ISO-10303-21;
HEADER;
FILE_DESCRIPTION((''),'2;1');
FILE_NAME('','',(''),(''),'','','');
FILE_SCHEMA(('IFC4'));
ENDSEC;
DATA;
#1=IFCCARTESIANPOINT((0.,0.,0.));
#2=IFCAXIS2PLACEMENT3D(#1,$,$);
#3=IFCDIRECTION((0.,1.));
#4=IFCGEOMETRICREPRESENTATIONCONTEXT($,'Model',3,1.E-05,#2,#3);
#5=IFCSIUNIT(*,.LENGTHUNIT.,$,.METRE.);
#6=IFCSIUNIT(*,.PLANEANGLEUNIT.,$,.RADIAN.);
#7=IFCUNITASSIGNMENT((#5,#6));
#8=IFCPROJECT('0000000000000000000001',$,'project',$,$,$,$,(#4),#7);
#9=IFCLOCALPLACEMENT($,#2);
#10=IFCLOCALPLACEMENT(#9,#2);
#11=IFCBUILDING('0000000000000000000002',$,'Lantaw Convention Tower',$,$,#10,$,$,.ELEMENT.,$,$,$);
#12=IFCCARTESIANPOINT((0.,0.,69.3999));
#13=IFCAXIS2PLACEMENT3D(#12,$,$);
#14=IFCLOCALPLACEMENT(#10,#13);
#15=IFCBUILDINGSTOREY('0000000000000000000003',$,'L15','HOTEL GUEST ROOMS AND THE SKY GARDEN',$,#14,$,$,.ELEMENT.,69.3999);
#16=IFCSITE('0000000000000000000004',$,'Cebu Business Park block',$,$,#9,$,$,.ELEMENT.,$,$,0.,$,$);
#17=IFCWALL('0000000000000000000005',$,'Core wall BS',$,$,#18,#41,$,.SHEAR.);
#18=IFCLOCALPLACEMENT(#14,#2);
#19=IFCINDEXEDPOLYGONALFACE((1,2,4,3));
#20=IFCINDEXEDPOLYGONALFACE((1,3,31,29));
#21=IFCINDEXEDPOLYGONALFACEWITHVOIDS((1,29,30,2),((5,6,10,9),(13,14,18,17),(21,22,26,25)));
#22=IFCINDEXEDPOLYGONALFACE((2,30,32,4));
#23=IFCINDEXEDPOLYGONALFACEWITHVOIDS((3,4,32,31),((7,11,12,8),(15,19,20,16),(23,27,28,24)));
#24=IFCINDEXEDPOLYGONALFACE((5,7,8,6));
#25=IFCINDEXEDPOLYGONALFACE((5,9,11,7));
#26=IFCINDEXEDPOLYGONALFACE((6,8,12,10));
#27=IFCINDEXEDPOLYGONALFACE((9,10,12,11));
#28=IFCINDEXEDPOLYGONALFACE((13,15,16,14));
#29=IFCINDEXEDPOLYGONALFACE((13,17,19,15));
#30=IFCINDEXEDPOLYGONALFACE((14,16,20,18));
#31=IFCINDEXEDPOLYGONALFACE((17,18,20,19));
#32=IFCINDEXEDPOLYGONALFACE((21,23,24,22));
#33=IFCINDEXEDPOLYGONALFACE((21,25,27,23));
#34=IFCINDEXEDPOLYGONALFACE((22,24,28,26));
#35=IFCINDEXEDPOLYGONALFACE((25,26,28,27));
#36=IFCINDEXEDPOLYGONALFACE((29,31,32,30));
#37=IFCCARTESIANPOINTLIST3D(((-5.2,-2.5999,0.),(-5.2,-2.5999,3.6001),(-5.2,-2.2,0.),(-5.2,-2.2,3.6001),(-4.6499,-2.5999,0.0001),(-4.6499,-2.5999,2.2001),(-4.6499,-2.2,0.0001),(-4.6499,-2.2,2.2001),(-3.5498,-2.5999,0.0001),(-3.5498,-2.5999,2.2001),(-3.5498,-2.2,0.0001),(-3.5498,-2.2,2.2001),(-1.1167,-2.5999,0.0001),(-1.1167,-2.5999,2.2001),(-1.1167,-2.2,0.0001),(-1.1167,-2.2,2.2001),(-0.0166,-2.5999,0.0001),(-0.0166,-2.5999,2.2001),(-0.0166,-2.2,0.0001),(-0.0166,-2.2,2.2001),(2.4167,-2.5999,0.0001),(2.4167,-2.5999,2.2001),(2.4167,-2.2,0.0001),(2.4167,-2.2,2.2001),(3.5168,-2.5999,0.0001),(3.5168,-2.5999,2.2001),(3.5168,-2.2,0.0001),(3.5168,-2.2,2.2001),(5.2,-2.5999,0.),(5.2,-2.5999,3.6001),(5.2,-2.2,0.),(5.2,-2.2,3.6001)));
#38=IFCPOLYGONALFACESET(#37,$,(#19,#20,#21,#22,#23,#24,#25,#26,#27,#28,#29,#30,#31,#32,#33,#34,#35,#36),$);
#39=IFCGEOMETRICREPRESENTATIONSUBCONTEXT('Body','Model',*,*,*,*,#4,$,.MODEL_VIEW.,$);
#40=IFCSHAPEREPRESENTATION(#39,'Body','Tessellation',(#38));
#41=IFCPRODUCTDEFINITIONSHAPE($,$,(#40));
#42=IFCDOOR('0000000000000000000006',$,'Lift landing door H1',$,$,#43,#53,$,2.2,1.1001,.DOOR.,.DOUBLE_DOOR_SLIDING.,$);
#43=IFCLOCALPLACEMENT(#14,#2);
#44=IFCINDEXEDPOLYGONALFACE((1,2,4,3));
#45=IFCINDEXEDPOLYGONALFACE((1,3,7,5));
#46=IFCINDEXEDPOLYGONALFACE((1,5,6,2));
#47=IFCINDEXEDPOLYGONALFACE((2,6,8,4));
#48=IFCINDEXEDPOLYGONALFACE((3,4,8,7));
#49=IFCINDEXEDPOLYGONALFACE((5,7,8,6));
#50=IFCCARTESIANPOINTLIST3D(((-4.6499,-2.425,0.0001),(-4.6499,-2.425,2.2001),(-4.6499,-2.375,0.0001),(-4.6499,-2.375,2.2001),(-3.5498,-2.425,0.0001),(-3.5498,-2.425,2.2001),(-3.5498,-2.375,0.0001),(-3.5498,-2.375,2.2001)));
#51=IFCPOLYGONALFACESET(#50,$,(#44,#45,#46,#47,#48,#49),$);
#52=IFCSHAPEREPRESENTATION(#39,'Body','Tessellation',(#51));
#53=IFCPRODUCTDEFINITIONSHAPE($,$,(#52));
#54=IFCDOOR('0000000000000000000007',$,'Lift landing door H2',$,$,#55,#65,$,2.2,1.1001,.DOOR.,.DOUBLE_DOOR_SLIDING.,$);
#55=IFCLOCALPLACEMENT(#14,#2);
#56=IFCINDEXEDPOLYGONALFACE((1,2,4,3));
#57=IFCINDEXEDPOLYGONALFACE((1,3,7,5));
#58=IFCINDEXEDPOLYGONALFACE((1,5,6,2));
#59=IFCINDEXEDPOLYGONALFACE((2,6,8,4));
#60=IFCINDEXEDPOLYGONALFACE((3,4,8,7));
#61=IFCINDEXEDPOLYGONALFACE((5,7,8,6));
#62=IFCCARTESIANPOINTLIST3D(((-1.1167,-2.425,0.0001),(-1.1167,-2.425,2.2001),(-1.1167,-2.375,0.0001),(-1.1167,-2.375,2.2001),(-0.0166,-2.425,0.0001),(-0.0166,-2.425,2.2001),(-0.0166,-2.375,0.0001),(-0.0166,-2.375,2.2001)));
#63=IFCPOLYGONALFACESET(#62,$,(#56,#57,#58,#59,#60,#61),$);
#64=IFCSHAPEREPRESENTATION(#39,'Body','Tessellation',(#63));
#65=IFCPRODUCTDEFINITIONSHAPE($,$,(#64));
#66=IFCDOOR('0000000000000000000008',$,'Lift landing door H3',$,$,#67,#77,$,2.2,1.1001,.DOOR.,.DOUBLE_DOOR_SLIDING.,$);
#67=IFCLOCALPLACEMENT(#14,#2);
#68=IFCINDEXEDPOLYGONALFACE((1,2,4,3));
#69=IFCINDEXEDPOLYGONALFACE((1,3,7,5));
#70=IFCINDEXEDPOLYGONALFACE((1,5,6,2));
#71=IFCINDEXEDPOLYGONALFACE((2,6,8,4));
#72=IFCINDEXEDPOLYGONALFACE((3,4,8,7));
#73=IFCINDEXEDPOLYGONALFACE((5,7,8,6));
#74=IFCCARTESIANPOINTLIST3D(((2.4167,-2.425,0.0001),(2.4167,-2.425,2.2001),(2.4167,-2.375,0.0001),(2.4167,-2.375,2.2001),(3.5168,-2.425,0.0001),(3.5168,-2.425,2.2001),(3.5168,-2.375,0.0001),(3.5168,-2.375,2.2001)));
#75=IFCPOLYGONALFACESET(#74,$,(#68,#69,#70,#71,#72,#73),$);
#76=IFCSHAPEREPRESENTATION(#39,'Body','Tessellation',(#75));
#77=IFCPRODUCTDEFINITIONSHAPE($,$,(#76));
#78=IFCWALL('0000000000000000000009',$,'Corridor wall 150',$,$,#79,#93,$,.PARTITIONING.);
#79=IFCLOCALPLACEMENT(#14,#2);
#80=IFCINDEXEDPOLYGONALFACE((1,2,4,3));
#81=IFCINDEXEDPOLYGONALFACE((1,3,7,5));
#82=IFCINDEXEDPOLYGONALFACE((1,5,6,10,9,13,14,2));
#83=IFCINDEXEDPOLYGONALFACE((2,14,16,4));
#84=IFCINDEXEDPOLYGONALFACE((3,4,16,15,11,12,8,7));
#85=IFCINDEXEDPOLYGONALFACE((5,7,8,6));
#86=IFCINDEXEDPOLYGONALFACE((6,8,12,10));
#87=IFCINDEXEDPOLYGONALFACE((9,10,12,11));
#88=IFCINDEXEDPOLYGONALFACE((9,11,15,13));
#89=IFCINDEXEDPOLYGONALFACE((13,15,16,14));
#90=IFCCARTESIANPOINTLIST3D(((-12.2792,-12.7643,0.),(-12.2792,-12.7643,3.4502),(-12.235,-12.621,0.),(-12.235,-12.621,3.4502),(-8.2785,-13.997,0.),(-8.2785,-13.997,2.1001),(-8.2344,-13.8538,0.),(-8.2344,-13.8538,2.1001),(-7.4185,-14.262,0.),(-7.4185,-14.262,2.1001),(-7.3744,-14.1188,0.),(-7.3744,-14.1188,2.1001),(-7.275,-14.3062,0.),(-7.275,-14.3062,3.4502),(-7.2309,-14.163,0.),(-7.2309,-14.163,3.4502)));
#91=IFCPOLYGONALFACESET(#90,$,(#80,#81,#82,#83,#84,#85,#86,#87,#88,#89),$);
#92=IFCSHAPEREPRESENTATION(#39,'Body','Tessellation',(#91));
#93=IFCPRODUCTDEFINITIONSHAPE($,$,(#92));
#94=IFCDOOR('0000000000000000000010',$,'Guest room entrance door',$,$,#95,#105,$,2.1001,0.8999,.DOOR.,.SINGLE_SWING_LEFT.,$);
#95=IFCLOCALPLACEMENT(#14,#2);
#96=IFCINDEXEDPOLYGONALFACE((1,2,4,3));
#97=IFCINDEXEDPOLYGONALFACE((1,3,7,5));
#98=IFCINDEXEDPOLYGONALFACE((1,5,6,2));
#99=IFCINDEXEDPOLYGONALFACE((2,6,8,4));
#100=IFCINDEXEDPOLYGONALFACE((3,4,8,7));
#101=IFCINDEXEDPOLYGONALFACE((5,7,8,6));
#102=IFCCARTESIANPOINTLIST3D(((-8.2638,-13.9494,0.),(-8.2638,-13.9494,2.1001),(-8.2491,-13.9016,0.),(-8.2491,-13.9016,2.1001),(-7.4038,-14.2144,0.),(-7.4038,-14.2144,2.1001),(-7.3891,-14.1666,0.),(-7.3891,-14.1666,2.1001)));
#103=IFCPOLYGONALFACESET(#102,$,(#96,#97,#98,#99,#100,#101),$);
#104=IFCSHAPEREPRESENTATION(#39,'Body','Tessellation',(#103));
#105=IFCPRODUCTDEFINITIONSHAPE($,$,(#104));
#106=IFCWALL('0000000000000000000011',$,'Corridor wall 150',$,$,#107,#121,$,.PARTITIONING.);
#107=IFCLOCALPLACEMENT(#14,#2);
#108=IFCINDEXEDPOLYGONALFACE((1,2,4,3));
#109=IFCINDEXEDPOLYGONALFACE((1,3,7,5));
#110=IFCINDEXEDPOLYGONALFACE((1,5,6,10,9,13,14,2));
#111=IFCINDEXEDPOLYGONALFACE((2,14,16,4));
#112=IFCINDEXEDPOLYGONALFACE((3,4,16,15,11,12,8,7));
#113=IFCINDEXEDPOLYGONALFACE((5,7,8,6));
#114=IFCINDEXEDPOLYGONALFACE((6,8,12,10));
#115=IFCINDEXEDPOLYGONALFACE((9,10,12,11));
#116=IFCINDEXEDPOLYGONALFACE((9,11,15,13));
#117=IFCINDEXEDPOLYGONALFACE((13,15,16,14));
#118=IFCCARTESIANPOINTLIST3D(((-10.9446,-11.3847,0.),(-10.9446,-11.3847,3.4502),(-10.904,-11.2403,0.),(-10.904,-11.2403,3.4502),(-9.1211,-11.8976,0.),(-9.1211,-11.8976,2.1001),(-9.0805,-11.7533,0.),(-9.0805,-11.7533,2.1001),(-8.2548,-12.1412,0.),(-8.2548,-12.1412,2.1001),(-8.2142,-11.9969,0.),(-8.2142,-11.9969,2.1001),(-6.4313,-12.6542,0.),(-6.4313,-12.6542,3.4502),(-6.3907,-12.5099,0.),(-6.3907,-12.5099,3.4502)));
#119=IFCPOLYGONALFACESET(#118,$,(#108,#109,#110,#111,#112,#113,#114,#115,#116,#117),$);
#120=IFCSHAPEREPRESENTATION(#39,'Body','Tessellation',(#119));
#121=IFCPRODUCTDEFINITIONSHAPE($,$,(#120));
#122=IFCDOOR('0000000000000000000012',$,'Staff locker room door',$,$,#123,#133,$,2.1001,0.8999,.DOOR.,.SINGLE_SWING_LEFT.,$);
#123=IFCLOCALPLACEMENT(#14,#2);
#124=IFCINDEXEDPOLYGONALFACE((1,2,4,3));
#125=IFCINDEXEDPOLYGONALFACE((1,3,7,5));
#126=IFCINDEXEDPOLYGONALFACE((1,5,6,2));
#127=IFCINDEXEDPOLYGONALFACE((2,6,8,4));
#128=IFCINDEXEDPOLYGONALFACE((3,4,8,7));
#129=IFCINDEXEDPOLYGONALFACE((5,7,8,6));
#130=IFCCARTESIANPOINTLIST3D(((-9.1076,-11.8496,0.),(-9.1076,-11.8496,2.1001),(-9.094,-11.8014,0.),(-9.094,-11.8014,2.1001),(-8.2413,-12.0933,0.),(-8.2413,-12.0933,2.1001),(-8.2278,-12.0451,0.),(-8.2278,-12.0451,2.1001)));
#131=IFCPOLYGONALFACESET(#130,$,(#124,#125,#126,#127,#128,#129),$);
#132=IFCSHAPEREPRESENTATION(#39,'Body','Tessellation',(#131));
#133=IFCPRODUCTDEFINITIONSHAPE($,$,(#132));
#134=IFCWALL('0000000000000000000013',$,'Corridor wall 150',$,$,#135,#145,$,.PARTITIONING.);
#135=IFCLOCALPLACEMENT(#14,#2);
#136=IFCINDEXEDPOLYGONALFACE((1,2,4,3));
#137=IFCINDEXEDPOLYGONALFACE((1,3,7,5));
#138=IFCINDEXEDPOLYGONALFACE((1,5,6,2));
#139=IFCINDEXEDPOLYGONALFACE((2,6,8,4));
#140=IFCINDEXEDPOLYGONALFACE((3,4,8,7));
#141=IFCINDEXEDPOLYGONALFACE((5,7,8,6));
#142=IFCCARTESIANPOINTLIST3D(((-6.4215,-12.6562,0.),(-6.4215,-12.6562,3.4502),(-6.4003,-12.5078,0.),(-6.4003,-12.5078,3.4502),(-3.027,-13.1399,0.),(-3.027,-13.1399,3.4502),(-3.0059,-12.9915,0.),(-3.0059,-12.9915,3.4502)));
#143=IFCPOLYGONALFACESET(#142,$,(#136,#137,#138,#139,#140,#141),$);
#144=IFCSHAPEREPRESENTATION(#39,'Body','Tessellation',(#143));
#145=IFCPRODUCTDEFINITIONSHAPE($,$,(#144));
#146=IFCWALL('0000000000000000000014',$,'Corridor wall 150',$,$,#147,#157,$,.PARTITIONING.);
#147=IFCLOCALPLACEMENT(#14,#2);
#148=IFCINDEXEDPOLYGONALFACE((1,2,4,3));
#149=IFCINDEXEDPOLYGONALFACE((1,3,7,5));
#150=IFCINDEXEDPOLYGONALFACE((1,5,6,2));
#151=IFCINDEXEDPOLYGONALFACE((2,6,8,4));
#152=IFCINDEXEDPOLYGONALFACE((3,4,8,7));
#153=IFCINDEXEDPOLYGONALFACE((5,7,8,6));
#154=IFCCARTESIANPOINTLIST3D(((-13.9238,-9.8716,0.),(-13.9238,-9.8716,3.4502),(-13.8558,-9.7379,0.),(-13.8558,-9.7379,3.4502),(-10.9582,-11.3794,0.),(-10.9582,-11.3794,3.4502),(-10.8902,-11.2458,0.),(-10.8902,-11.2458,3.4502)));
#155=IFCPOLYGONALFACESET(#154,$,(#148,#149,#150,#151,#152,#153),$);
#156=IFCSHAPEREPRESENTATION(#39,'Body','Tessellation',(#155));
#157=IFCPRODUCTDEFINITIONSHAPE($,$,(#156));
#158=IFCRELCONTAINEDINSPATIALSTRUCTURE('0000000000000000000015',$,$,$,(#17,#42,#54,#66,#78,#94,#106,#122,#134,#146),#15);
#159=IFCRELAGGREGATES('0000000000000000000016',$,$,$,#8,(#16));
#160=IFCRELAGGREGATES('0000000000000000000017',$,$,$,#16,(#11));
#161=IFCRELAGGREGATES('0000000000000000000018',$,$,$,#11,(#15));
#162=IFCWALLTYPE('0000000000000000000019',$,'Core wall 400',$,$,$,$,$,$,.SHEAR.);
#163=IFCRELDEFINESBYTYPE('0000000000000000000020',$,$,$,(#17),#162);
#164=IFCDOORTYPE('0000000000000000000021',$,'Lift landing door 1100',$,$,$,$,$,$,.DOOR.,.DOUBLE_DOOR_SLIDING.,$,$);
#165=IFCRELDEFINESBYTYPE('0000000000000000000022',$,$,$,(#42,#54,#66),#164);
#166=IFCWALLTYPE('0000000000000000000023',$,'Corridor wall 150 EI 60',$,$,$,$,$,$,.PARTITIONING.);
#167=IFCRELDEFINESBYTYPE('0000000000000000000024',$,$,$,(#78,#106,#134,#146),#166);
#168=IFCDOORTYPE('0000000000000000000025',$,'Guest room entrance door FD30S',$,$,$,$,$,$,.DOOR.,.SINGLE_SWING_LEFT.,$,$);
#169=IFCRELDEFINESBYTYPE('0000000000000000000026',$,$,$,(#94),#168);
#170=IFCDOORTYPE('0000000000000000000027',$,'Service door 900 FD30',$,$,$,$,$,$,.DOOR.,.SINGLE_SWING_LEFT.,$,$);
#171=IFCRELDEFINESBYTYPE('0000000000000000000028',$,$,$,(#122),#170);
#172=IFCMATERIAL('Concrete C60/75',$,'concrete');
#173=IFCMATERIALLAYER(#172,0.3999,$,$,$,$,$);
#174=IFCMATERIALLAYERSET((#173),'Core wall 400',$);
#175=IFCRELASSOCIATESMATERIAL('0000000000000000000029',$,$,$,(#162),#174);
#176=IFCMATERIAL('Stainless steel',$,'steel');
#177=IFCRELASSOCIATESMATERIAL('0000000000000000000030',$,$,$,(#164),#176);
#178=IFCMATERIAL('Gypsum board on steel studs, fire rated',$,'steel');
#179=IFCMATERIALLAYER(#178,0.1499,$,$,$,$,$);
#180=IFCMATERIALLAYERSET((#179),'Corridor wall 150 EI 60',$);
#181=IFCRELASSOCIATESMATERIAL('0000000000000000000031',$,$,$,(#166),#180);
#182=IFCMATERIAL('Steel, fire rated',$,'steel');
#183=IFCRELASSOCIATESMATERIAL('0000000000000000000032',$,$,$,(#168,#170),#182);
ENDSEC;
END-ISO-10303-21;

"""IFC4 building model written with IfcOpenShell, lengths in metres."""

from ifc_helpers import new_model, si_unit, direction, frame, frame_2d, origin, place, context, subcontext, project, spatial, rectangle, extrude, material, layer, layer_set, type_object, element, fill, save


model = new_model("IFC4")

# Units and contexts
model_context = context("Model", 3, precision=1e-05, world=origin(), true_north=direction((0.0, 1.0)))
body_context = subcontext(model_context, "Body", "Model", "MODEL_VIEW")
ifc_project = project(units=[si_unit("LENGTHUNIT", "METRE"), si_unit("PLANEANGLEUNIT", "RADIAN")], contexts=[model_context])

# Site, building, storey
site_placement = place(None, origin())
site = spatial("IfcSite", under=ifc_project, at=site_placement, Name="Cebu Business Park block", CompositionType="ELEMENT", RefElevation=0.0)
building_placement = place(site_placement, origin())
building = spatial("IfcBuilding", under=site, at=building_placement, Name="Lantaw Convention Tower", CompositionType="ELEMENT")
storey_placement = place(building_placement, frame((0.0, 0.0, 69.3999)))
storey = spatial("IfcBuildingStorey", under=building, at=storey_placement, Name="L15", Description="HOTEL GUEST ROOMS AND THE SKY GARDEN", CompositionType="ELEMENT", Elevation=69.3999)

# Shared definitions
ifc_material_1 = material(Name="Concrete C60/75", Category="concrete")
ifc_material_2 = material(Name="Steel, fire rated", Category="steel")

# Wall, openings, doors
ifc_layer_1 = layer(ifc_material_1, 0.3999)
ifc_layer_set_1 = layer_set([ifc_layer_1], Name="Core wall 400")
wall_type_1 = type_object("IfcWallType", Name="Core wall 400", PredefinedType="SHEAR", material=ifc_layer_set_1)
wall_1_placement = place(storey_placement, frame((-5.2, -2.3999, 0.0), z_axis=(0.0, 0.0, 1.0), x_axis=(1.0, 0.0, 0.0)))
wall_1 = element("IfcWall", 1, at=wall_1_placement, inside=storey, type_object=wall_type_1, Name="Core wall BS", PredefinedType="SHEAR", context=body_context, shape_type="SweptSolid", body=[
    extrude(rectangle(XDim=10.3999, YDim=0.3999, at=frame_2d((5.2, 0.0))), origin(), (0.0, 0.0, 1.0), 3.6001),
])
opening_1_placement = place(wall_1_placement, frame((0.55, 0.0, 0.0)))
opening_1 = element("IfcOpeningElement", 2, at=opening_1_placement, cuts=wall_1, PredefinedType="OPENING", context=body_context, shape_type="SweptSolid", body=[
    extrude(rectangle(XDim=1.1001, YDim=2.2, at=frame_2d((0.55, 1.1001))), frame((0.0, 0.21, 0.0), z_axis=(0.0, -1.0, 0.0), x_axis=(1.0, 0.0, 0.0)), (0.0, 0.0, 1.0), 0.4199),
])
opening_2_placement = place(wall_1_placement, frame((4.0833, 0.0, 0.0)))
opening_2 = element("IfcOpeningElement", 3, at=opening_2_placement, cuts=wall_1, PredefinedType="OPENING", context=body_context, shape_type="SweptSolid", body=[
    extrude(rectangle(XDim=1.1001, YDim=2.2, at=frame_2d((0.55, 1.1001))), frame((0.0, 0.21, 0.0), z_axis=(0.0, -1.0, 0.0), x_axis=(1.0, 0.0, 0.0)), (0.0, 0.0, 1.0), 0.4199),
])
opening_3_placement = place(wall_1_placement, frame((7.6167, 0.0, 0.0)))
opening_3 = element("IfcOpeningElement", 4, at=opening_3_placement, cuts=wall_1, PredefinedType="OPENING", context=body_context, shape_type="SweptSolid", body=[
    extrude(rectangle(XDim=1.1001, YDim=2.2, at=frame_2d((0.55, 1.1001))), frame((0.0, 0.21, 0.0), z_axis=(0.0, -1.0, 0.0), x_axis=(1.0, 0.0, 0.0)), (0.0, 0.0, 1.0), 0.4199),
])
ifc_material_3 = material(Name="Stainless steel", Category="steel")
door_type_1 = type_object("IfcDoorType", Name="Lift landing door 1100", OperationType="DOUBLE_DOOR_SLIDING", PredefinedType="DOOR", material=ifc_material_3)
door_1_placement = place(opening_1_placement, origin())
door_1 = element("IfcDoor", 5, at=door_1_placement, inside=storey, type_object=door_type_1, Name="Lift landing door H1", OperationType="DOUBLE_DOOR_SLIDING", OverallHeight=2.2, OverallWidth=1.1001, PredefinedType="DOOR", context=body_context, shape_type="SweptSolid", body=[
    extrude(rectangle(XDim=1.1001, YDim=2.2, at=frame_2d((0.55, 1.1001))), frame((0.0, 0.0249, 0.0), z_axis=(0.0, -1.0, 0.0), x_axis=(1.0, 0.0, 0.0)), (0.0, 0.0, 1.0), 0.05),
])
fill(opening_1, door_1)
door_2_placement = place(opening_2_placement, origin())
door_2 = element("IfcDoor", 6, at=door_2_placement, inside=storey, type_object=door_type_1, Name="Lift landing door H2", OperationType="DOUBLE_DOOR_SLIDING", OverallHeight=2.2, OverallWidth=1.1001, PredefinedType="DOOR", context=body_context, shape_type="SweptSolid", body=[
    extrude(rectangle(XDim=1.1001, YDim=2.2, at=frame_2d((0.55, 1.1001))), frame((0.0, 0.0249, 0.0), z_axis=(0.0, -1.0, 0.0), x_axis=(1.0, 0.0, 0.0)), (0.0, 0.0, 1.0), 0.05),
])
fill(opening_2, door_2)
door_3_placement = place(opening_3_placement, origin())
door_3 = element("IfcDoor", 7, at=door_3_placement, inside=storey, type_object=door_type_1, Name="Lift landing door H3", OperationType="DOUBLE_DOOR_SLIDING", OverallHeight=2.2, OverallWidth=1.1001, PredefinedType="DOOR", context=body_context, shape_type="SweptSolid", body=[
    extrude(rectangle(XDim=1.1001, YDim=2.2, at=frame_2d((0.55, 1.1001))), frame((0.0, 0.0249, 0.0), z_axis=(0.0, -1.0, 0.0), x_axis=(1.0, 0.0, 0.0)), (0.0, 0.0, 1.0), 0.05),
])
fill(opening_3, door_3)

# Walls, openings, doors
ifc_material_4 = material(Name="Gypsum board on steel studs, fire rated", Category="steel")
ifc_layer_2 = layer(ifc_material_4, 0.1499)
ifc_layer_set_2 = layer_set([ifc_layer_2], Name="Corridor wall 150 EI 60")
wall_type_2 = type_object("IfcWallType", Name="Corridor wall 150 EI 60", PredefinedType="PARTITIONING", material=ifc_layer_set_2)
wall_2_placement = place(storey_placement, frame((-12.2571, -12.6926, 0.0), z_axis=(0.0, 0.0, 1.0), x_axis=(0.955658, -0.294479, 0.0)))
wall_2 = element("IfcWall", 8, at=wall_2_placement, inside=storey, type_object=wall_type_2, Name="Corridor wall 150", PredefinedType="PARTITIONING", context=body_context, shape_type="SweptSolid", body=[
    extrude(rectangle(XDim=5.2363, YDim=0.1499, at=frame_2d((2.6182, 0.0))), origin(), (0.0, 0.0, 1.0), 3.4502),
])
opening_4_placement = place(wall_2_placement, frame((4.1863, 0.0, 0.0)))
opening_4 = element("IfcOpeningElement", 9, at=opening_4_placement, cuts=wall_2, PredefinedType="OPENING", context=body_context, shape_type="SweptSolid", body=[
    extrude(rectangle(XDim=0.8999, YDim=2.1001, at=frame_2d((0.45, 1.05))), frame((0.0, 0.085, 0.0), z_axis=(0.0, -1.0, 0.0), x_axis=(1.0, 0.0, 0.0)), (0.0, 0.0, 1.0), 0.1699),
])
door_type_2 = type_object("IfcDoorType", Name="Guest room entrance door FD30S", OperationType="SINGLE_SWING_LEFT", PredefinedType="DOOR", material=ifc_material_2)
door_4_placement = place(opening_4_placement, origin())
door_4 = element("IfcDoor", 10, at=door_4_placement, inside=storey, type_object=door_type_2, Name="Guest room entrance door", OperationType="SINGLE_SWING_LEFT", OverallHeight=2.1001, OverallWidth=0.8999, PredefinedType="DOOR", context=body_context, shape_type="SweptSolid", body=[
    extrude(rectangle(XDim=0.8999, YDim=2.1001, at=frame_2d((0.45, 1.05))), frame((0.0, 0.0249, 0.0), z_axis=(0.0, -1.0, 0.0), x_axis=(1.0, 0.0, 0.0)), (0.0, 0.0, 1.0), 0.05),
])
fill(opening_4, door_4)
wall_3_placement = place(storey_placement, frame((-10.9243, -11.3125, 0.0), z_axis=(0.0, 0.0, 1.0), x_axis=(0.962644, -0.270771, 0.0)))
wall_3 = element("IfcWall", 11, at=wall_3_placement, inside=storey, type_object=wall_type_2, Name="Corridor wall 150", PredefinedType="PARTITIONING", context=body_context, shape_type="SweptSolid", body=[
    extrude(rectangle(XDim=4.6885, YDim=0.1499, at=frame_2d((2.3442, 0.0))), origin(), (0.0, 0.0, 1.0), 3.4502),
])
opening_5_placement = place(wall_3_placement, frame((1.8943, 0.0, 0.0)))
opening_5 = element("IfcOpeningElement", 12, at=opening_5_placement, cuts=wall_3, PredefinedType="OPENING", context=body_context, shape_type="SweptSolid", body=[
    extrude(rectangle(XDim=0.8999, YDim=2.1001, at=frame_2d((0.45, 1.05))), frame((0.0, 0.085, 0.0), z_axis=(0.0, -1.0, 0.0), x_axis=(1.0, 0.0, 0.0)), (0.0, 0.0, 1.0), 0.1699),
])
door_type_3 = type_object("IfcDoorType", Name="Service door 900 FD30", OperationType="SINGLE_SWING_LEFT", PredefinedType="DOOR", material=ifc_material_2)
door_5_placement = place(opening_5_placement, origin())
door_5 = element("IfcDoor", 13, at=door_5_placement, inside=storey, type_object=door_type_3, Name="Staff locker room door", OperationType="SINGLE_SWING_LEFT", OverallHeight=2.1001, OverallWidth=0.8999, PredefinedType="DOOR", context=body_context, shape_type="SweptSolid", body=[
    extrude(rectangle(XDim=0.8999, YDim=2.1001, at=frame_2d((0.45, 1.05))), frame((0.0, 0.0249, 0.0), z_axis=(0.0, -1.0, 0.0), x_axis=(1.0, 0.0, 0.0)), (0.0, 0.0, 1.0), 0.05),
])
fill(opening_5, door_5)

# Walls
wall_4_placement = place(storey_placement, frame((-6.4109, -12.582, 0.0), z_axis=(0.0, 0.0, 1.0), x_axis=(0.990002, -0.141053, 0.0)))
element("IfcWall", 14, at=wall_4_placement, inside=storey, type_object=wall_type_2, Name="Corridor wall 150", PredefinedType="PARTITIONING", context=body_context, shape_type="SweptSolid", body=[
    extrude(rectangle(XDim=3.4287, YDim=0.1499, at=frame_2d((1.7144, 0.0))), origin(), (0.0, 0.0, 1.0), 3.4502),
])
wall_5_placement = place(storey_placement, frame((-13.8899, -9.8047, 0.0), z_axis=(0.0, 0.0, 1.0), x_axis=(0.891398, -0.453221, 0.0)))
element("IfcWall", 15, at=wall_5_placement, inside=storey, type_object=wall_type_2, Name="Corridor wall 150", PredefinedType="PARTITIONING", context=body_context, shape_type="SweptSolid", body=[
    extrude(rectangle(XDim=3.3269, YDim=0.1499, at=frame_2d((1.6636, 0.0))), origin(), (0.0, 0.0, 1.0), 3.4502),
])

save(model, "model.ifc")
